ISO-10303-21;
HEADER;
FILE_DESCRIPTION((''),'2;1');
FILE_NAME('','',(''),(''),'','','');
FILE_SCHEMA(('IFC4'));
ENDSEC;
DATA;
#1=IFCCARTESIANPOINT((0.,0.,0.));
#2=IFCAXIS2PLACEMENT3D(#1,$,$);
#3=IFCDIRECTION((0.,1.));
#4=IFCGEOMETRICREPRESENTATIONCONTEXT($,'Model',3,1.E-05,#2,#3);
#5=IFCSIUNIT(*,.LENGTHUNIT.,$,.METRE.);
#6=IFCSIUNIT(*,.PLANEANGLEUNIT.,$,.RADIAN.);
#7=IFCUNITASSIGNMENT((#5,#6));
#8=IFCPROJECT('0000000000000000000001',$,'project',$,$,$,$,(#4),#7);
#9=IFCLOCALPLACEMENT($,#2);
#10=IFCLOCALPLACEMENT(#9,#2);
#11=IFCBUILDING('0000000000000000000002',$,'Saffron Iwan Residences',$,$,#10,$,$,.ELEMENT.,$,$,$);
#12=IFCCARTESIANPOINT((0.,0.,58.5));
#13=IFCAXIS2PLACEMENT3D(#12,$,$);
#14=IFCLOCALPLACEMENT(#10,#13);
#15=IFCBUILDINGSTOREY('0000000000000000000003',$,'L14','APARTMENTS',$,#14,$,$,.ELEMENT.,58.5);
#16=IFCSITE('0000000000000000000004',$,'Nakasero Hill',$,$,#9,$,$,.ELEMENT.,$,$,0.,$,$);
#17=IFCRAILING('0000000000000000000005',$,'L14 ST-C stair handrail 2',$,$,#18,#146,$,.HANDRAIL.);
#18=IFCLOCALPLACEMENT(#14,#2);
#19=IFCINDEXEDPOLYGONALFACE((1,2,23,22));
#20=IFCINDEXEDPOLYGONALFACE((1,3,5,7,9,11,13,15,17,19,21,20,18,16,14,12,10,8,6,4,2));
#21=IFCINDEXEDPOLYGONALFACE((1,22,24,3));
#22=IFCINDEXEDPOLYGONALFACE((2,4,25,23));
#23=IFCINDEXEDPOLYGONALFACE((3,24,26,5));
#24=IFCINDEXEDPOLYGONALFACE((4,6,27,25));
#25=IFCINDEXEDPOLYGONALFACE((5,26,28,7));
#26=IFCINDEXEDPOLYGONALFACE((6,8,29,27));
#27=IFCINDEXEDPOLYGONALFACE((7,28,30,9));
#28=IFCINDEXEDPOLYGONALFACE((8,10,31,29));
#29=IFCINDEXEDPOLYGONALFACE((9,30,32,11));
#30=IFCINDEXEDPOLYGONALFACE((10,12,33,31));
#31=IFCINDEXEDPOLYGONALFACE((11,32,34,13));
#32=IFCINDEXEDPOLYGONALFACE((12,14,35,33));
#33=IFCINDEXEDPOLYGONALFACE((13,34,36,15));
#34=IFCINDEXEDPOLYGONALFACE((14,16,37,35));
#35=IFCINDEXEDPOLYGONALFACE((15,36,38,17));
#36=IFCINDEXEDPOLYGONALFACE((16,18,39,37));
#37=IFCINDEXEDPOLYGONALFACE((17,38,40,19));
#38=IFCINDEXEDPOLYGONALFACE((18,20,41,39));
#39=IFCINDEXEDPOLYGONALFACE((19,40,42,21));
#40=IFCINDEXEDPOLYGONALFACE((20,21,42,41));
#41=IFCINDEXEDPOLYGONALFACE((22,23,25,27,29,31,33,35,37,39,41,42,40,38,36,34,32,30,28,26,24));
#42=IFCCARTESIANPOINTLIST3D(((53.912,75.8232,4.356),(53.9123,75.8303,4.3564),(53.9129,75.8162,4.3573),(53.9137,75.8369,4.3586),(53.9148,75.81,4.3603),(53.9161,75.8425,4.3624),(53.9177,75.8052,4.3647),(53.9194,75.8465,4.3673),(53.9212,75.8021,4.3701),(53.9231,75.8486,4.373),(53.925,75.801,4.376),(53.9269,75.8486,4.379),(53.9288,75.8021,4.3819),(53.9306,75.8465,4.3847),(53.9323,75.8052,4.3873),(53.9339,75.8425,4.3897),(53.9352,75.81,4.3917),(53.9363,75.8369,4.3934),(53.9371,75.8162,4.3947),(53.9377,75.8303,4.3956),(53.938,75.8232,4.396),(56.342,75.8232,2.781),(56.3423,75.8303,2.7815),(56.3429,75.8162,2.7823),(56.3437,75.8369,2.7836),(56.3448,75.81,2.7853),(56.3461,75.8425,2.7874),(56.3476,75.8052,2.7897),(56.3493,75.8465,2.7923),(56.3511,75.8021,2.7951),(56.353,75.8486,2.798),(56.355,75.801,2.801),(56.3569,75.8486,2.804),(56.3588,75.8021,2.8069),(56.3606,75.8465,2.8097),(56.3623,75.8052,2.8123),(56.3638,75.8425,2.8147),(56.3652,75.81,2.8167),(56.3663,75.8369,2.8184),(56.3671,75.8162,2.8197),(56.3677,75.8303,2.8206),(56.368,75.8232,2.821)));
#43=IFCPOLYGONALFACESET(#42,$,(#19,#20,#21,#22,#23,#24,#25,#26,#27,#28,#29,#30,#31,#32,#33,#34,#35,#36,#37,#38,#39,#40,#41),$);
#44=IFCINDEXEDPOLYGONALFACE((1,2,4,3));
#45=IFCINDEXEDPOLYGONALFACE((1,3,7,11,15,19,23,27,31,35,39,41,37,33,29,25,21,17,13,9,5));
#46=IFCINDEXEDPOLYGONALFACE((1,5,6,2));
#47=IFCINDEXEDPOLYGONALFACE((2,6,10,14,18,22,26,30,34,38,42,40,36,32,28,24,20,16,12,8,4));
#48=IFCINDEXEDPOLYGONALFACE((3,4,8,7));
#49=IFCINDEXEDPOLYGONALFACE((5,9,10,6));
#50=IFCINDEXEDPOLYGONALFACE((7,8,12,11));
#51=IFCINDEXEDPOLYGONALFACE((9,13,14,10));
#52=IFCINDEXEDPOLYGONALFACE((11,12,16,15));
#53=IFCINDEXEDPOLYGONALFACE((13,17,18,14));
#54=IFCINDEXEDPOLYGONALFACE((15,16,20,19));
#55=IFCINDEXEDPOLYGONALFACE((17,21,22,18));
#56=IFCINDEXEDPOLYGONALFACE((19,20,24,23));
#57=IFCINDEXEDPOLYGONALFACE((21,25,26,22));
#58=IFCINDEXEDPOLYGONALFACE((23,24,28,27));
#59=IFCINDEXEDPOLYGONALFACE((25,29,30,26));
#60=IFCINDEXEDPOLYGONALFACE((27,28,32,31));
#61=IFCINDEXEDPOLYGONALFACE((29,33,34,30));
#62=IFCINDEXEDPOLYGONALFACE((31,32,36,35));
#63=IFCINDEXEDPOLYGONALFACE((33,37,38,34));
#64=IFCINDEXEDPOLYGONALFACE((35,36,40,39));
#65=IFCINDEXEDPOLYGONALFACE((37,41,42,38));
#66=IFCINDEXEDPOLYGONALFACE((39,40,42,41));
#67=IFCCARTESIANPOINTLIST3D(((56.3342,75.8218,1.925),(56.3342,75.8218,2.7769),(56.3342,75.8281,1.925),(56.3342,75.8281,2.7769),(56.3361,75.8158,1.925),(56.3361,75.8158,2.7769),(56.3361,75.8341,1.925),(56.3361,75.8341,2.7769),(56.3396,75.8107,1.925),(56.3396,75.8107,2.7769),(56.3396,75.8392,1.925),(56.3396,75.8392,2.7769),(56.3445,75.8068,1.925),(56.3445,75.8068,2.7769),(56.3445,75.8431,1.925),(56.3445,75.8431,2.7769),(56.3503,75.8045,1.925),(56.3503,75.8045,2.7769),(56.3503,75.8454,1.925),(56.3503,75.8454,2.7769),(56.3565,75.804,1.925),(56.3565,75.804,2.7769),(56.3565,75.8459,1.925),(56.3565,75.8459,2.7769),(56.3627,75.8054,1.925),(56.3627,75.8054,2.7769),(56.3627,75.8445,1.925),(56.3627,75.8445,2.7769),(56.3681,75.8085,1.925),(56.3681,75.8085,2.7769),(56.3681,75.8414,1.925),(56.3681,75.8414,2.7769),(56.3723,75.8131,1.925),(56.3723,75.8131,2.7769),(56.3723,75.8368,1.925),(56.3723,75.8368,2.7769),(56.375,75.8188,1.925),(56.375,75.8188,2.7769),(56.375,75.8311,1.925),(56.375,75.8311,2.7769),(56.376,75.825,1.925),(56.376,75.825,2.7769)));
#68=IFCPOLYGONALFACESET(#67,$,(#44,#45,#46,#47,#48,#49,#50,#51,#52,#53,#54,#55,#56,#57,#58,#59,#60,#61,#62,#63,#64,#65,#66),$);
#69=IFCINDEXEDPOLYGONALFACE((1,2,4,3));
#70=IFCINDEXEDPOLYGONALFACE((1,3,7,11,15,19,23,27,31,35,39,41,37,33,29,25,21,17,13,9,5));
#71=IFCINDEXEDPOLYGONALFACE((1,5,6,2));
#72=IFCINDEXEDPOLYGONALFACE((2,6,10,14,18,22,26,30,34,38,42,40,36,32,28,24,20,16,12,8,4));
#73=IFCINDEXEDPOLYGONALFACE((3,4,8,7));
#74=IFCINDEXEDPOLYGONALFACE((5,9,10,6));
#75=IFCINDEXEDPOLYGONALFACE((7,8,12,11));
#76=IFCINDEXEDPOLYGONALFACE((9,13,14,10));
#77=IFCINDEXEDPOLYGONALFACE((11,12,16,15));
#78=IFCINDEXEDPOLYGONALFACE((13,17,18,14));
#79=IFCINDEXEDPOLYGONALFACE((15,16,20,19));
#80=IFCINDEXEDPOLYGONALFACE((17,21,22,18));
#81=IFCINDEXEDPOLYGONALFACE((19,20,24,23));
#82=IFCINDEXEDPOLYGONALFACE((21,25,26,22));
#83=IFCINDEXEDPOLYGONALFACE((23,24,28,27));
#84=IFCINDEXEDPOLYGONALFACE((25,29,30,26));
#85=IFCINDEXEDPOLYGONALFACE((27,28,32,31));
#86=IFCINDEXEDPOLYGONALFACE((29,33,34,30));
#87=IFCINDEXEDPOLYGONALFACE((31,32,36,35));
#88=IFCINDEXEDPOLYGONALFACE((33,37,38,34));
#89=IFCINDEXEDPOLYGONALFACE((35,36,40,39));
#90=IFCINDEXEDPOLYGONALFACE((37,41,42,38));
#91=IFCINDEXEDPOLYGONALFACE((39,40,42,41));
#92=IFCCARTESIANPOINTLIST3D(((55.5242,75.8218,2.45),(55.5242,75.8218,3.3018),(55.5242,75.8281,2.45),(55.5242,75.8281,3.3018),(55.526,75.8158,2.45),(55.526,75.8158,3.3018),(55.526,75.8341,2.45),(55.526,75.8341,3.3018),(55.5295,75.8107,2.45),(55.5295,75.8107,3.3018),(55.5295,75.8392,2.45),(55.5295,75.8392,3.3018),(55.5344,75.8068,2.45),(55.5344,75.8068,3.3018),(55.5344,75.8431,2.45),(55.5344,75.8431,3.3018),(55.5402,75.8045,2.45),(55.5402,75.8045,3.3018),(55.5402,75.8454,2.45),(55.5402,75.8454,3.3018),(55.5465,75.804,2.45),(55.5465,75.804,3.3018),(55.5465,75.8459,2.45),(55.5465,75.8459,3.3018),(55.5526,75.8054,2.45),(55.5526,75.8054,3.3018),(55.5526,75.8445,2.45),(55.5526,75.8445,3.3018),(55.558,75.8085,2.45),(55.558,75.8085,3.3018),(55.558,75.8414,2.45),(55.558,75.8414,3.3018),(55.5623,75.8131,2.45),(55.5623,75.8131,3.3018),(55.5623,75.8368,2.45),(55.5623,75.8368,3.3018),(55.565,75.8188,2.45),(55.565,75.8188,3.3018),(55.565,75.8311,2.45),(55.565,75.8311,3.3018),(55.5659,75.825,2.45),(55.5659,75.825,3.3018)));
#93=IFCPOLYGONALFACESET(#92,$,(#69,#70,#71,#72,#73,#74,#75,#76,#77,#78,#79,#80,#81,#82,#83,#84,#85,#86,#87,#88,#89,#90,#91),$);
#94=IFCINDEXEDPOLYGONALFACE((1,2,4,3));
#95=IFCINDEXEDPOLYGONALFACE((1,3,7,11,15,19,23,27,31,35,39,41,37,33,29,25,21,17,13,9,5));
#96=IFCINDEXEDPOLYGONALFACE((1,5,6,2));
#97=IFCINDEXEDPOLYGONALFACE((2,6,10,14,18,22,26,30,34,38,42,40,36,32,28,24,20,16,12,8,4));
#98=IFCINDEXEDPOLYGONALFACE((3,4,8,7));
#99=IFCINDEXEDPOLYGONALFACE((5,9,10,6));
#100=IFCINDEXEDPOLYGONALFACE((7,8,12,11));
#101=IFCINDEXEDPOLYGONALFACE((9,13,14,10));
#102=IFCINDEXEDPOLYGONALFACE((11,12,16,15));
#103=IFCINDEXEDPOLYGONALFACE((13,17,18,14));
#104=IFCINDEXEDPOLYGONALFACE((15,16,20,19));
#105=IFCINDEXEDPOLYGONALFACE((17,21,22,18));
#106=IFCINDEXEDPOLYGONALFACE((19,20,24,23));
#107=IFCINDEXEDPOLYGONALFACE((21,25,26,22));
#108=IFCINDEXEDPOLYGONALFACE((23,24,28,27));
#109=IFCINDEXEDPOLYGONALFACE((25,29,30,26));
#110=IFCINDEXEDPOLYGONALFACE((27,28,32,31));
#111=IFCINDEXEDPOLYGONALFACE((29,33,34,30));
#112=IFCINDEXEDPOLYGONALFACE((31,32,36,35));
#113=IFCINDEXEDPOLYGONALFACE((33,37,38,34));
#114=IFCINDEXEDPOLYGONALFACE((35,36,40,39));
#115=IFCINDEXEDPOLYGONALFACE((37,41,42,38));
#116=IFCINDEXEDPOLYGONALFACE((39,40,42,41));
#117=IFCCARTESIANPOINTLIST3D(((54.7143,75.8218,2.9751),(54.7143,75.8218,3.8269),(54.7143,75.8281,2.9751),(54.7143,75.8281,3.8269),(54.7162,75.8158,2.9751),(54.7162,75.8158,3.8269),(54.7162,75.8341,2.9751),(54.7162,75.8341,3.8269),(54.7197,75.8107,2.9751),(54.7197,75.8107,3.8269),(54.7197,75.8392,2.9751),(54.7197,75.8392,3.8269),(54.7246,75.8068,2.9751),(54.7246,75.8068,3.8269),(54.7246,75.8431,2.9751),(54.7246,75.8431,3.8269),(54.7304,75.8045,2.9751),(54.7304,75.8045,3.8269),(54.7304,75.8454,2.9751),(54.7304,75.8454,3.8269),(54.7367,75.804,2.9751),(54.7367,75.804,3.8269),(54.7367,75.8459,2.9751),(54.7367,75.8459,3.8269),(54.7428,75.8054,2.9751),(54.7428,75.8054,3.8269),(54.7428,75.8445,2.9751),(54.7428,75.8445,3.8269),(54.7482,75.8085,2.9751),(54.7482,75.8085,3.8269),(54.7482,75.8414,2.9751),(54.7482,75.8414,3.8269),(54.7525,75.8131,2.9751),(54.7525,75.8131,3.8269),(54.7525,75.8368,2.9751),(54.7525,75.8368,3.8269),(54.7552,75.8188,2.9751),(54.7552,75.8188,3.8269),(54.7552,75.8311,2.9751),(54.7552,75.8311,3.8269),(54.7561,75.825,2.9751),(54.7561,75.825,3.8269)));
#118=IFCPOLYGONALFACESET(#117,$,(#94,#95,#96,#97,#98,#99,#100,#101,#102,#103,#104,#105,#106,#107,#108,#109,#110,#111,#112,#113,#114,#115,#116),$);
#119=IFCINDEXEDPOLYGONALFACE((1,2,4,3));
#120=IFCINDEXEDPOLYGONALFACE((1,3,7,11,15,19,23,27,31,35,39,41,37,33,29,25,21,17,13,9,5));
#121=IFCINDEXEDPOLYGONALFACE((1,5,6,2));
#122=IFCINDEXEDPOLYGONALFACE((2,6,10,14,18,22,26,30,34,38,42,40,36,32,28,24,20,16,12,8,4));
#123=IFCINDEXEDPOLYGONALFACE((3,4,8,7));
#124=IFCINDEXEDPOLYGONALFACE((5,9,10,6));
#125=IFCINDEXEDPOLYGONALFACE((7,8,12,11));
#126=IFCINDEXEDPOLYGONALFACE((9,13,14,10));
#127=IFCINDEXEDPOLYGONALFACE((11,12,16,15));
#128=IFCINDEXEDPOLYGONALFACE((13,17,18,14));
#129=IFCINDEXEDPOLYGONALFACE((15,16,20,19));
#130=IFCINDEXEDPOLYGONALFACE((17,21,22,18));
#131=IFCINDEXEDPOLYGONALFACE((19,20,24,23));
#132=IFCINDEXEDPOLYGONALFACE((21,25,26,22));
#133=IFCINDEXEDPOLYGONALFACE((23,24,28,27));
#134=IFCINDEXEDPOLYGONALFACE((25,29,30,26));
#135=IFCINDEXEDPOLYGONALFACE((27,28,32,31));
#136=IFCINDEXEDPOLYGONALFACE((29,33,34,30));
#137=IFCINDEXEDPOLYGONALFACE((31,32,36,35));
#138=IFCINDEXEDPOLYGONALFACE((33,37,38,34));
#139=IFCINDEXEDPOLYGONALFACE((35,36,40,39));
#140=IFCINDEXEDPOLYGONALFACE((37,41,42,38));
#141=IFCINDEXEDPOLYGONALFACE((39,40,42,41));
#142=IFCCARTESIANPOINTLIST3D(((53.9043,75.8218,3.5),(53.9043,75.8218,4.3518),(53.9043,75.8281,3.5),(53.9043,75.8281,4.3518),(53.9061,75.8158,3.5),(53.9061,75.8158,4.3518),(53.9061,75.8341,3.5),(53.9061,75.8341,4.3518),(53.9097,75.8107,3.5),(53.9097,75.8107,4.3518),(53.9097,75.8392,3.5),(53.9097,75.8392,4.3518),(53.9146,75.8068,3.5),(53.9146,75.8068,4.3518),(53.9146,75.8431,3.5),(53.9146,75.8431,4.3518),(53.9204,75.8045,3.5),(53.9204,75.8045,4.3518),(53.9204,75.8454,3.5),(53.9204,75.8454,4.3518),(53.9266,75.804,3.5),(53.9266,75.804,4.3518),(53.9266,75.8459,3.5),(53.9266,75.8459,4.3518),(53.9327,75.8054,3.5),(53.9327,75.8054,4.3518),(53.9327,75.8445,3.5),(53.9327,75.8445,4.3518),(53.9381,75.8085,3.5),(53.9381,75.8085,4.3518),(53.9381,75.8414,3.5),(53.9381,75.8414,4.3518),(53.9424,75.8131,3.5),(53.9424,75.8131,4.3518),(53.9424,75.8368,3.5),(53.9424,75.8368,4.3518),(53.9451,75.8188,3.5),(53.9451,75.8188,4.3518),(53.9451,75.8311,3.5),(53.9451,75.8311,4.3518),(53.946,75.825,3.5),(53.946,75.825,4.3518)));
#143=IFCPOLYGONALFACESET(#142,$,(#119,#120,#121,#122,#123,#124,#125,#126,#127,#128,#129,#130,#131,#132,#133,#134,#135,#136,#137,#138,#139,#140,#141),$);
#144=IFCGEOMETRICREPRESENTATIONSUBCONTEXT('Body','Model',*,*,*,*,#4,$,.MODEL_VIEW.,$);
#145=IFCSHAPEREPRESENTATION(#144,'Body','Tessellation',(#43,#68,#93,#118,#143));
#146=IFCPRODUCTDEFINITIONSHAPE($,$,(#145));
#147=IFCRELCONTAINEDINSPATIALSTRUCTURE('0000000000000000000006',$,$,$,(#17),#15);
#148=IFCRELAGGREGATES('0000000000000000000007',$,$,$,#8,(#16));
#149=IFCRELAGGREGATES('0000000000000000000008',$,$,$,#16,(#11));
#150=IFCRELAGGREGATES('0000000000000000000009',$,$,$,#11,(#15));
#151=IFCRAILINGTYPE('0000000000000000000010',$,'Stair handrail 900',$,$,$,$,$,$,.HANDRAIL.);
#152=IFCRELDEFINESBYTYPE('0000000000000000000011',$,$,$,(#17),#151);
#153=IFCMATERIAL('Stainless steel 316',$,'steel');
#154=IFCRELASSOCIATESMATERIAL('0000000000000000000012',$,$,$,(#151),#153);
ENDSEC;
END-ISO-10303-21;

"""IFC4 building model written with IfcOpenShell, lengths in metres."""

from ifc_helpers import new_model, si_unit, direction, frame, origin, origin_2d, place, context, subcontext, project, spatial, circle, extrude, material, type_object, element, save


model = new_model("IFC4")

# Units and contexts
model_context = context("Model", 3, precision=1e-05, world=origin(), true_north=direction((0.0, 1.0)))
body_context = subcontext(model_context, "Body", "Model", "MODEL_VIEW")
ifc_project = project(units=[si_unit("LENGTHUNIT", "METRE"), si_unit("PLANEANGLEUNIT", "RADIAN")], contexts=[model_context])

# Site, building, storey
site_placement = place(None, origin())
site = spatial("IfcSite", under=ifc_project, at=site_placement, Name="Nakasero Hill", CompositionType="ELEMENT", RefElevation=0.0)
building_placement = place(site_placement, origin())
building = spatial("IfcBuilding", under=site, at=building_placement, Name="Saffron Iwan Residences", CompositionType="ELEMENT")
storey_placement = place(building_placement, frame((0.0, 0.0, 58.5)))
storey = spatial("IfcBuildingStorey", under=building, at=storey_placement, Name="L14", Description="APARTMENTS", CompositionType="ELEMENT", Elevation=58.5)

# Railing
ifc_material_1 = material(Name="Stainless steel 316", Category="steel")
railing_type_1 = type_object("IfcRailingType", Name="Stair handrail 900", PredefinedType="HANDRAIL", material=ifc_material_1)
railing_1_placement = place(storey_placement, frame((56.355, 75.825, 1.925)))
element("IfcRailing", 1, at=railing_1_placement, inside=storey, type_object=railing_type_1, Name="L14 ST-C stair handrail 2", PredefinedType="HANDRAIL", context=body_context, shape_type="SweptSolid", body=[
    extrude(circle(Radius=0.0239, at=origin_2d()), frame((0.0, 0.0, 0.876), z_axis=(-0.839154, 0.0, 0.543894), x_axis=(0.0, -1.0, 0.0)), (0.0, 0.0, 1.0), 2.8958),
    extrude(circle(Radius=0.021, at=origin_2d()), origin(), (0.0, 0.0, 1.0), 0.8518),
    extrude(circle(Radius=0.021, at=origin_2d()), frame((-0.8101, 0.0, 0.5249)), (0.0, 0.0, 1.0), 0.8518),
    extrude(circle(Radius=0.021, at=origin_2d()), frame((-1.6199, 0.0, 1.05)), (0.0, 0.0, 1.0), 0.8518),
    extrude(circle(Radius=0.021, at=origin_2d()), frame((-2.4299, 0.0, 1.575)), (0.0, 0.0, 1.0), 0.8518),
])

save(model, "model.ifc")
